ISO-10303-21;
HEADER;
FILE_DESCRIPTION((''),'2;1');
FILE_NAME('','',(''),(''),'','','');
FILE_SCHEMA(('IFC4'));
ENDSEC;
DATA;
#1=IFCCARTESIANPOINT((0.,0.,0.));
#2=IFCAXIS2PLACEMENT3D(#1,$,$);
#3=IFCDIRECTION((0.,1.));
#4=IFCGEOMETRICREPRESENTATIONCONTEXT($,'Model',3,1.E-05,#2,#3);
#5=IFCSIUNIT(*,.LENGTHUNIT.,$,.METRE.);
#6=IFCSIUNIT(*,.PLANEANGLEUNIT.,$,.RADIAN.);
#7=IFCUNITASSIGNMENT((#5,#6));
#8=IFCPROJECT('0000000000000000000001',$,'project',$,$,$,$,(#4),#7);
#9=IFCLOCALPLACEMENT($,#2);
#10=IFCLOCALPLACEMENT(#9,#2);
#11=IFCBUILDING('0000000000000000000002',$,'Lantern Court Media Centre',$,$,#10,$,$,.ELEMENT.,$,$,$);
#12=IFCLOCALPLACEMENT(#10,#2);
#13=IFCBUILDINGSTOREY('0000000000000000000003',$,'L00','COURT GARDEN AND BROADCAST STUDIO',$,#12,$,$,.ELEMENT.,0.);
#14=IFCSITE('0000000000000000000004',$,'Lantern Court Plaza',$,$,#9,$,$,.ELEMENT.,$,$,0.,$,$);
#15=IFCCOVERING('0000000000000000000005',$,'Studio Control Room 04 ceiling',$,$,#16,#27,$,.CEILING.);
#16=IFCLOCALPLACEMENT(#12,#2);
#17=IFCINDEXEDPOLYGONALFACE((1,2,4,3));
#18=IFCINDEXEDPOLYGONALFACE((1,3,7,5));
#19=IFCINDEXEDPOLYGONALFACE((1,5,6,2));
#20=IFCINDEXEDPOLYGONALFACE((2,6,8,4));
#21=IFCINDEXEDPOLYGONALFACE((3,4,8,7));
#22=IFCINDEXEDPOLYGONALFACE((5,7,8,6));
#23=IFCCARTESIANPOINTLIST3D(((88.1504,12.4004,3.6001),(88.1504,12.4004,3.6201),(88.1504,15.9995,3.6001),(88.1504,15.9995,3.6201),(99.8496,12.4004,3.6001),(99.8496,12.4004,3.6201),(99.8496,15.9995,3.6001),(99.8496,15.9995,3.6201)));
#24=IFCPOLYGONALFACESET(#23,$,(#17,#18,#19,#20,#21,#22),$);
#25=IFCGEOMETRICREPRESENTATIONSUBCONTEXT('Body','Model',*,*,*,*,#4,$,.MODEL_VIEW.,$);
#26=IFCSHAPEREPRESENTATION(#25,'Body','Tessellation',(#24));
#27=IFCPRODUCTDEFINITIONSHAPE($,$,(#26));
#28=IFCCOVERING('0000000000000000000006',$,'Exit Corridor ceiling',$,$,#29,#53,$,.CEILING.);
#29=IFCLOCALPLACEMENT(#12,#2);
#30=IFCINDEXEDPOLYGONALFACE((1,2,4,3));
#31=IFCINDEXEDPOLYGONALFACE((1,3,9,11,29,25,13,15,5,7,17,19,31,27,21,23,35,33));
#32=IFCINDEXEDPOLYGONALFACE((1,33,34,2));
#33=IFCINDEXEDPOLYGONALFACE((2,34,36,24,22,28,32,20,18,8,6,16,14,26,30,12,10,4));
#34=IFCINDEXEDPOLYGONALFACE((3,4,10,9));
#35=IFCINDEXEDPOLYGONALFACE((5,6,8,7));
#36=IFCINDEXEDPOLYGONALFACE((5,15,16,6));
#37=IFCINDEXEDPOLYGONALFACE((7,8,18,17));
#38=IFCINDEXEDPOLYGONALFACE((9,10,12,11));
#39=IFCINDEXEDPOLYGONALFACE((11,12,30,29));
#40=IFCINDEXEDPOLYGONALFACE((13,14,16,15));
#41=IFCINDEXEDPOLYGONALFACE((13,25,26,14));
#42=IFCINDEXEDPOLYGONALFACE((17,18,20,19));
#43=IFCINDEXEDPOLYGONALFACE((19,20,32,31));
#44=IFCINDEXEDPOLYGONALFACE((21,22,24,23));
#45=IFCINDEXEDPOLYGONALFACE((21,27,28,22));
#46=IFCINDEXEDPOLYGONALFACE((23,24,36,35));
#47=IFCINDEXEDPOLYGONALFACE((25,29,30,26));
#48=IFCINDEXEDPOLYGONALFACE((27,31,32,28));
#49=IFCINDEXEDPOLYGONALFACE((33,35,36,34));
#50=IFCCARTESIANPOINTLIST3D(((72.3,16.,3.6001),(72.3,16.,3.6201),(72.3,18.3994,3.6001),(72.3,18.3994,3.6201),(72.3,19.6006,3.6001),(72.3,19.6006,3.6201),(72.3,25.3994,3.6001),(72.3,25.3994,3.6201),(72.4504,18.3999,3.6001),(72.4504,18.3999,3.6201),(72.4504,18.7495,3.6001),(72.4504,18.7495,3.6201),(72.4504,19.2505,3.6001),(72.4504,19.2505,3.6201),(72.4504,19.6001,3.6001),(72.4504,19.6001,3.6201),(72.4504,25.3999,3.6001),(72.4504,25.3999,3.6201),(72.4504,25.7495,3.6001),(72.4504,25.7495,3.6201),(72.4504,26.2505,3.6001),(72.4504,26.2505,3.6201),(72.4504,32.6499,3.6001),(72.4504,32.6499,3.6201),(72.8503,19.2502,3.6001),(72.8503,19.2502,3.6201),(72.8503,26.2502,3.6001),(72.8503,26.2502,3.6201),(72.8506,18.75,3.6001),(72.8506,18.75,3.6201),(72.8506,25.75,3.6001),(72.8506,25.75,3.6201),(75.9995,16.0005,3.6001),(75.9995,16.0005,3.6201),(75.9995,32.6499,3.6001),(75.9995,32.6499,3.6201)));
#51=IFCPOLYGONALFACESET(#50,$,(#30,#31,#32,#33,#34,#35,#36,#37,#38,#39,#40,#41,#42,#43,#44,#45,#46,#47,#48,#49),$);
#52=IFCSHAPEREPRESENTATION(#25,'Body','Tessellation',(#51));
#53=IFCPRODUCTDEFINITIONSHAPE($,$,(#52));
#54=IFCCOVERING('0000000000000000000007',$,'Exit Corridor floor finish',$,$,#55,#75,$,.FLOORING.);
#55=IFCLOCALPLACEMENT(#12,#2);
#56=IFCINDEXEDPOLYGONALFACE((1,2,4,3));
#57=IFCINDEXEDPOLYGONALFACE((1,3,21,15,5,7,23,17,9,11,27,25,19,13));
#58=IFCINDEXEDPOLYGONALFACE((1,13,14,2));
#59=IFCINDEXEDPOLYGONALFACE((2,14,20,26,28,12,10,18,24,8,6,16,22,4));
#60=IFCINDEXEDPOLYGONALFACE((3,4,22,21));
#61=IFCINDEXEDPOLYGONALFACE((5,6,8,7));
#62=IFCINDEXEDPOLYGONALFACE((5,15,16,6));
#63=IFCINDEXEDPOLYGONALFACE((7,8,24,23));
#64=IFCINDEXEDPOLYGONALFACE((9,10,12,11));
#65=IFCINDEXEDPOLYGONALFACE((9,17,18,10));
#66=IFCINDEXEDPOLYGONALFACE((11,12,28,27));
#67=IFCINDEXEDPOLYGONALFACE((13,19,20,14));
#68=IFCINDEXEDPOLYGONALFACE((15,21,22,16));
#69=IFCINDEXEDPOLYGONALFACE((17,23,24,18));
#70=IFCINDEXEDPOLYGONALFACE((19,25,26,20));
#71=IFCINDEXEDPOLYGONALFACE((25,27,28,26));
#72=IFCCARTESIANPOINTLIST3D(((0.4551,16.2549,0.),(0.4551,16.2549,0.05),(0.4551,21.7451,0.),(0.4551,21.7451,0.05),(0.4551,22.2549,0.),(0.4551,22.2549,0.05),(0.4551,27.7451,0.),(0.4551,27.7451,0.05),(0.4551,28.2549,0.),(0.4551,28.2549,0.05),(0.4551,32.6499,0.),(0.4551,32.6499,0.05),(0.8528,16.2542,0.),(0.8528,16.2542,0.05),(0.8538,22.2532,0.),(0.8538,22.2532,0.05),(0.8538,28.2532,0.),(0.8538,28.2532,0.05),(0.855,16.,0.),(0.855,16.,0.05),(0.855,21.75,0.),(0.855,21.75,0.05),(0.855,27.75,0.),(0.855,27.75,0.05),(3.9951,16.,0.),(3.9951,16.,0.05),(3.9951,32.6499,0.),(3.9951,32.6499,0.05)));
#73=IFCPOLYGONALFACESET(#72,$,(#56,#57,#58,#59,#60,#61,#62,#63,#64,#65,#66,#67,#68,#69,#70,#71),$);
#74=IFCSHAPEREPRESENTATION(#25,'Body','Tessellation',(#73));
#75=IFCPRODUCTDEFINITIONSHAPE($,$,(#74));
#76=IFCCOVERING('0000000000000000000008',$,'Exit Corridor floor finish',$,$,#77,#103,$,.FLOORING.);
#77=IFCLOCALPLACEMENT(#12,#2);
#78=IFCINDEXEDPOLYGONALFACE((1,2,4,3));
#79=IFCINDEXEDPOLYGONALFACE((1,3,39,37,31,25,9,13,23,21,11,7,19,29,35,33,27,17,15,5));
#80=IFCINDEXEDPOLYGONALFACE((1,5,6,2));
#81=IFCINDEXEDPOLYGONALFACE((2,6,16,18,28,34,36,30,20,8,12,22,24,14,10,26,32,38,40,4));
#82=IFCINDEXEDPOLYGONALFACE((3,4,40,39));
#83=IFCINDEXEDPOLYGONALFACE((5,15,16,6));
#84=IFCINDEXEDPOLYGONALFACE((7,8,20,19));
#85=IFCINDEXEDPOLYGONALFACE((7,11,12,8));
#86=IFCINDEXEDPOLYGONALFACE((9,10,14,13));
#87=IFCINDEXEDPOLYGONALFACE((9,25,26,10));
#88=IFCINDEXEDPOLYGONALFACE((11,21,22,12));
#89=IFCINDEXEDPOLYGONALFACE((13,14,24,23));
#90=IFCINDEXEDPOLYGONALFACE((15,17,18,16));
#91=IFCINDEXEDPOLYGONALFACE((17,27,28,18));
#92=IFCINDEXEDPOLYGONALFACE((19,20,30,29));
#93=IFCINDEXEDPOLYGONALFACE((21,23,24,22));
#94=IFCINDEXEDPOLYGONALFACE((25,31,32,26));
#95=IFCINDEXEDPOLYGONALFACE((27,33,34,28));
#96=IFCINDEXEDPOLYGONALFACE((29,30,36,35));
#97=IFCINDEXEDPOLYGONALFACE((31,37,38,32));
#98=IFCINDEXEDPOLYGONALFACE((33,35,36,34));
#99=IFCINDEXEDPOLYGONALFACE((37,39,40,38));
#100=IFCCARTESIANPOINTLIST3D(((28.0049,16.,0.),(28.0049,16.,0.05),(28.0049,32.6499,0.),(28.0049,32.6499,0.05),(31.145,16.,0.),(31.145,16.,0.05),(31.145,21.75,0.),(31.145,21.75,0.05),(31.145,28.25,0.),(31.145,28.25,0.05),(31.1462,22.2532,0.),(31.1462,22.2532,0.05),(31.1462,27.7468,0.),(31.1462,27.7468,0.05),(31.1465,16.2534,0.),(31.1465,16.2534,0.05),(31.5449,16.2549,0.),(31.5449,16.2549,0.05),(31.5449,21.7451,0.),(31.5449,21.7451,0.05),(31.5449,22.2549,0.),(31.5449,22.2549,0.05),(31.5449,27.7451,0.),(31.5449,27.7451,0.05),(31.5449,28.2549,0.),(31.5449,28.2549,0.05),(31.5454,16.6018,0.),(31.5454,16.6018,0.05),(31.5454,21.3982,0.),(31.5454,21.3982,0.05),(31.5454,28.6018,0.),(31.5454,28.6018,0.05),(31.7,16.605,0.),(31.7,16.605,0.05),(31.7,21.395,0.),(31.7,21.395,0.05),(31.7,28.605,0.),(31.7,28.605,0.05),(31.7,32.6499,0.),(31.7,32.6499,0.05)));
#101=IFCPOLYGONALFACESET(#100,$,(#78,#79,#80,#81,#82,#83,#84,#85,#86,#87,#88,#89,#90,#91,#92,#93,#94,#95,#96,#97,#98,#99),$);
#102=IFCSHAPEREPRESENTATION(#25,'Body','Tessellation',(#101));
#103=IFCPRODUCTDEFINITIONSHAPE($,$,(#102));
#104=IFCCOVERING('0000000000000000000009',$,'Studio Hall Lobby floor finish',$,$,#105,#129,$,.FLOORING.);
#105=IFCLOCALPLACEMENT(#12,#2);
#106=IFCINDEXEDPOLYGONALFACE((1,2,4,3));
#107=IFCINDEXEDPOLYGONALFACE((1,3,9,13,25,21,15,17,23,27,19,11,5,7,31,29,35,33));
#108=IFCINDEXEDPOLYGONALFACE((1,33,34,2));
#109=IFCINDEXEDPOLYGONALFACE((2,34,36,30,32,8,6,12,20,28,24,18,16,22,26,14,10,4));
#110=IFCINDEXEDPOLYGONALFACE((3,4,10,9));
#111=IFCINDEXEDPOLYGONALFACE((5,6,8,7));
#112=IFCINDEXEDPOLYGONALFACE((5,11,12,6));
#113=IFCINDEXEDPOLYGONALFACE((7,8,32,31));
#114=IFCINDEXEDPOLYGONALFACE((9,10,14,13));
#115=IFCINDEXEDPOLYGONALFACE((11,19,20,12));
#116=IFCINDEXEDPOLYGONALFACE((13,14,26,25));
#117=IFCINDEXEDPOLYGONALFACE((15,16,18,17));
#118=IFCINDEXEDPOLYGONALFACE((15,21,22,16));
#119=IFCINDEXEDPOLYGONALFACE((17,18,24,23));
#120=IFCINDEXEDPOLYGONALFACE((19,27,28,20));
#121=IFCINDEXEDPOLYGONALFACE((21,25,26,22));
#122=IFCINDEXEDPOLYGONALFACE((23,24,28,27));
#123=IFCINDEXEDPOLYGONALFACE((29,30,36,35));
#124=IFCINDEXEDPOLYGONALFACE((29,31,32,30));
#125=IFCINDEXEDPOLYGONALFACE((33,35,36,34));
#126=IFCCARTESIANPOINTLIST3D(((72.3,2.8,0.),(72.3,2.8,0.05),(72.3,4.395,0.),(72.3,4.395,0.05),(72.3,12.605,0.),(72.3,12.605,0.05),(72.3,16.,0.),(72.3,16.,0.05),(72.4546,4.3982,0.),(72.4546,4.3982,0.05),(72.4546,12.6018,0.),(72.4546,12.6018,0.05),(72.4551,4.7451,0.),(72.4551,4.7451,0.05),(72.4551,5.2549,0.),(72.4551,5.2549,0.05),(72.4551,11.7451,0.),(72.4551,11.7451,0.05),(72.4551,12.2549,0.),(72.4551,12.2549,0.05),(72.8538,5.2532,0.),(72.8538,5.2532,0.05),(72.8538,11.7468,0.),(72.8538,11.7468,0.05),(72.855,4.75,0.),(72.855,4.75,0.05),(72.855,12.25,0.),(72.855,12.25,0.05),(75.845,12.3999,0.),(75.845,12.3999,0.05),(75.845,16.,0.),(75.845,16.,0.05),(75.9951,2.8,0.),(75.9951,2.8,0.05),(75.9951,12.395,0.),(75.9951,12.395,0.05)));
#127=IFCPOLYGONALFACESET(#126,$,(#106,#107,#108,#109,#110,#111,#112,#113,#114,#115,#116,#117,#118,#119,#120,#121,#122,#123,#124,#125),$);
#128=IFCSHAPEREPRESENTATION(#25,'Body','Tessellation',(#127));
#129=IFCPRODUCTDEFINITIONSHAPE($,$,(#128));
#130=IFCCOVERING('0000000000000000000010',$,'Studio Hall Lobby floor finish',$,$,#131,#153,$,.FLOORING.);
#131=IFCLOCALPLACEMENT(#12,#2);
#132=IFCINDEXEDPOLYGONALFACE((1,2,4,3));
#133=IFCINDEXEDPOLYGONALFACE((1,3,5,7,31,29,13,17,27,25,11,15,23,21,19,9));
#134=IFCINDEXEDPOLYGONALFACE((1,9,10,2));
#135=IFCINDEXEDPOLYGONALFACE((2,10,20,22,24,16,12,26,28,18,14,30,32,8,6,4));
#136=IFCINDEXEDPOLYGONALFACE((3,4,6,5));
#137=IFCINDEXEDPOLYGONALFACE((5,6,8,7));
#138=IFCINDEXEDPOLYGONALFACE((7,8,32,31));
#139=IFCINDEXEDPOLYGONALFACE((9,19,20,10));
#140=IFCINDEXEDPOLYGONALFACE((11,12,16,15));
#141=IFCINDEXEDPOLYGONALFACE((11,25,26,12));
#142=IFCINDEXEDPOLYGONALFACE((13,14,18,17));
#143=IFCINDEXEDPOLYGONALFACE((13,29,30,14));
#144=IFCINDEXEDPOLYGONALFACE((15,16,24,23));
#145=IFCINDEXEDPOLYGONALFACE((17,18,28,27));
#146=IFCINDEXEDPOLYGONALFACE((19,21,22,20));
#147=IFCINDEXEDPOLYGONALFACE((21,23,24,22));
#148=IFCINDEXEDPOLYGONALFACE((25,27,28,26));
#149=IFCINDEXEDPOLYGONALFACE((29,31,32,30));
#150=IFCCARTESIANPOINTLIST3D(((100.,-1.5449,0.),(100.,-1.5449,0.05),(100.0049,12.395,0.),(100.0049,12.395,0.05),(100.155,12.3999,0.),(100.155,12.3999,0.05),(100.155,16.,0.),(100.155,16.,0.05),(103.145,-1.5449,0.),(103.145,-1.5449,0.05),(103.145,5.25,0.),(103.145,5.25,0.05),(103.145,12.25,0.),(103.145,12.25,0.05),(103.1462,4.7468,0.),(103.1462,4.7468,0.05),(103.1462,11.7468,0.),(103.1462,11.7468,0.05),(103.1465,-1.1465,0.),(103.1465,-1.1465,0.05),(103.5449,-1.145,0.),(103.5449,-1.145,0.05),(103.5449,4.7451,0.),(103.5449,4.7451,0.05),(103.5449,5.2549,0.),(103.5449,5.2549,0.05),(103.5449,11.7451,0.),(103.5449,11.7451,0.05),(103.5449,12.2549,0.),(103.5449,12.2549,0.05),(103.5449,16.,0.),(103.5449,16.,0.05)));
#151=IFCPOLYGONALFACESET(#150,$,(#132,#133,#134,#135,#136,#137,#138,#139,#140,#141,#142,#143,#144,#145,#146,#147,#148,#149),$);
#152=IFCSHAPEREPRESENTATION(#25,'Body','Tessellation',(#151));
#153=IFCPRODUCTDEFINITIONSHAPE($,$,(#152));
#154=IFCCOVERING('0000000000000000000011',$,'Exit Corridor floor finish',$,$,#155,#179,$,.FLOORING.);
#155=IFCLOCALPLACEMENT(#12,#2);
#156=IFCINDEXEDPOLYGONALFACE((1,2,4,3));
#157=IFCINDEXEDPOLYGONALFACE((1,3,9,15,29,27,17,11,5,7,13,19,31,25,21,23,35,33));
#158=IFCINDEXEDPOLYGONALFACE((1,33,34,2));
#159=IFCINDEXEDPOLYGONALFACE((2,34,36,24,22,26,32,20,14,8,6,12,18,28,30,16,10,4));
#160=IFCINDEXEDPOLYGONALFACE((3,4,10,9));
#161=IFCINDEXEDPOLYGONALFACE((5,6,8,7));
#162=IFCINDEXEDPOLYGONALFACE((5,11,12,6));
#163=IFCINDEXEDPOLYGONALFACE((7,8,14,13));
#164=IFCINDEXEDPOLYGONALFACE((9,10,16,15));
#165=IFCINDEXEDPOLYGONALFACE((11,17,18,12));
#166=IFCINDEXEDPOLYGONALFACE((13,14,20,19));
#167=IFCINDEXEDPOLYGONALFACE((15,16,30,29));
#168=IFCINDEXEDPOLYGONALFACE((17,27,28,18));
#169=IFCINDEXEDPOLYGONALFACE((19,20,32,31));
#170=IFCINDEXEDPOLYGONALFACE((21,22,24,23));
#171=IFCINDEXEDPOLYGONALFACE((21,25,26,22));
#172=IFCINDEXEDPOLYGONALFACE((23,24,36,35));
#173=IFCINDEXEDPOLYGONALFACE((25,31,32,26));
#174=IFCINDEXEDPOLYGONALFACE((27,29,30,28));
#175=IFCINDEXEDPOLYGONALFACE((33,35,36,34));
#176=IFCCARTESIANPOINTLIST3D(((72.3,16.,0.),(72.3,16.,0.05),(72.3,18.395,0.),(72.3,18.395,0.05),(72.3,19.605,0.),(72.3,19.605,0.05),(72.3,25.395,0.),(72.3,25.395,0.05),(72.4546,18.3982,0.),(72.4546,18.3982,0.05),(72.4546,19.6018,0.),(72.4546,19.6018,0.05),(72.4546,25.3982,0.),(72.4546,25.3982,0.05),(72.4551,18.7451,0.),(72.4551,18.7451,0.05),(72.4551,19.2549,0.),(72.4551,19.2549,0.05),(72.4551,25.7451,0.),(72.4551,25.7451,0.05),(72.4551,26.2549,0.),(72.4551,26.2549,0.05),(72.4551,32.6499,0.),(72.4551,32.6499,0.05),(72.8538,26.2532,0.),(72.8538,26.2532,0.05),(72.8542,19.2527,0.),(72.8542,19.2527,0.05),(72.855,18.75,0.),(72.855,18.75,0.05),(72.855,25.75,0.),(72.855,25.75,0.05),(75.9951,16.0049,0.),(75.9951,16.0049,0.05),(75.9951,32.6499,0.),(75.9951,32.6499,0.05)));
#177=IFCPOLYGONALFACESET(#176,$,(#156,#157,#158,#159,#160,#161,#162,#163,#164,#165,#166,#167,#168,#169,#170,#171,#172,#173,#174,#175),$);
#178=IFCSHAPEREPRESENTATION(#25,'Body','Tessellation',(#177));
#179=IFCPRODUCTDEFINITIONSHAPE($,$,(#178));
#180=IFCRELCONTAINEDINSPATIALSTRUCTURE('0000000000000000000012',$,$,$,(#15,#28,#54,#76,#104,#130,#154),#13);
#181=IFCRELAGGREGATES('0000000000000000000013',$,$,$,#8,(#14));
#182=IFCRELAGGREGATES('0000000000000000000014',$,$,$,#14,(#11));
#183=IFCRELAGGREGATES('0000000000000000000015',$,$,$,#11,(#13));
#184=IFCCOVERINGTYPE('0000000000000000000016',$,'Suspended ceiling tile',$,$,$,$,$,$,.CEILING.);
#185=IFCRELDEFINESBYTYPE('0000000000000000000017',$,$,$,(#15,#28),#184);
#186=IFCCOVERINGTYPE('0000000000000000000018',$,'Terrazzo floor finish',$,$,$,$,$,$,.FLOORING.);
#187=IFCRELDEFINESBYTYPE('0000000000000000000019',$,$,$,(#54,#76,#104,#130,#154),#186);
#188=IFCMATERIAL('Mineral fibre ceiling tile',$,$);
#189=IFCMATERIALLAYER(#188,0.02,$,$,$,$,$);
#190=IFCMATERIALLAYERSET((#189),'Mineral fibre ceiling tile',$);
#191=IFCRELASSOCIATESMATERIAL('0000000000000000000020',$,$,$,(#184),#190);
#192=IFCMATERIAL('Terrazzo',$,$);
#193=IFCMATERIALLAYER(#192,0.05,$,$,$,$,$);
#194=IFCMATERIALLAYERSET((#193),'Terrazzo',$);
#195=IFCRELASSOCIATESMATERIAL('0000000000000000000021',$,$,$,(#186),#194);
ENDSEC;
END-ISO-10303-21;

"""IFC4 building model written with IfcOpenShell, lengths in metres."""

from ifc_helpers import new_model, si_unit, direction, frame, origin, place, context, subcontext, project, spatial, polyline, outline, extrude, material, layer, layer_set, type_object, element, save


model = new_model("IFC4")

# Units and contexts
model_context = context("Model", 3, precision=1e-05, world=origin(), true_north=direction((0.0, 1.0)))
body_context = subcontext(model_context, "Body", "Model", "MODEL_VIEW")
ifc_project = project(units=[si_unit("LENGTHUNIT", "METRE"), si_unit("PLANEANGLEUNIT", "RADIAN")], contexts=[model_context])

# Site, building, storey
site_placement = place(None, origin())
site = spatial("IfcSite", under=ifc_project, at=site_placement, Name="Lantern Court Plaza", CompositionType="ELEMENT", RefElevation=0.0)
building_placement = place(site_placement, origin())
building = spatial("IfcBuilding", under=site, at=building_placement, Name="Lantern Court Media Centre", CompositionType="ELEMENT")
storey_placement = place(building_placement, origin())
storey = spatial("IfcBuildingStorey", under=building, at=storey_placement, Name="L00", Description="COURT GARDEN AND BROADCAST STUDIO", CompositionType="ELEMENT", Elevation=0.0)

# Coverings
ifc_material_1 = material(Name="Mineral fibre ceiling tile")
ifc_layer_1 = layer(ifc_material_1, 0.02)
ifc_layer_set_1 = layer_set([ifc_layer_1], Name="Mineral fibre ceiling tile")
covering_type_1 = type_object("IfcCoveringType", Name="Suspended ceiling tile", PredefinedType="CEILING", material=ifc_layer_set_1)
covering_1_placement = place(storey_placement, frame((0.0, 0.0, 3.6001)))
element("IfcCovering", 1, at=covering_1_placement, inside=storey, type_object=covering_type_1, Name="Studio Control Room 04 ceiling", PredefinedType="CEILING", context=body_context, shape_type="SweptSolid", body=[
    extrude(outline(polyline([(88.1504, 12.4004), (88.1504, 15.9995), (99.8496, 15.9995), (99.8496, 12.4004), (88.1504, 12.4004)])), origin(), (0.0, 0.0, 1.0), 0.02),
])
covering_2_placement = place(storey_placement, frame((0.0, 0.0, 3.6001)))
element("IfcCovering", 2, at=covering_2_placement, inside=storey, type_object=covering_type_1, Name="Exit Corridor ceiling", PredefinedType="CEILING", context=body_context, shape_type="SweptSolid", body=[
    extrude(outline(polyline([(75.9995, 32.6499), (75.9995, 16.0005), (72.3, 16.0), (72.3, 18.3994), (72.4504, 18.3999), (72.4504, 18.7495), (72.8506, 18.75), (72.8503, 19.2502), (72.4504, 19.2505), (72.4504, 19.6001), (72.3, 19.6006), (72.3, 25.3994), (72.4504, 25.3999), (72.4504, 25.7495), (72.8506, 25.75), (72.8503, 26.2502), (72.4504, 26.2505), (72.4504, 32.6499), (75.9995, 32.6499)])), origin(), (0.0, 0.0, 1.0), 0.02),
])
ifc_material_2 = material(Name="Terrazzo")
ifc_layer_2 = layer(ifc_material_2, 0.05)
ifc_layer_set_2 = layer_set([ifc_layer_2], Name="Terrazzo")
covering_type_2 = type_object("IfcCoveringType", Name="Terrazzo floor finish", PredefinedType="FLOORING", material=ifc_layer_set_2)
covering_3_placement = place(storey_placement, origin())
element("IfcCovering", 3, at=covering_3_placement, inside=storey, type_object=covering_type_2, Name="Exit Corridor floor finish", PredefinedType="FLOORING", context=body_context, shape_type="SweptSolid", body=[
    extrude(outline(polyline([(3.9951, 32.6499), (3.9951, 16.0), (0.855, 16.0), (0.8528, 16.2542), (0.4551, 16.2549), (0.4551, 21.7451), (0.855, 21.75), (0.8538, 22.2532), (0.4551, 22.2549), (0.4551, 27.7451), (0.855, 27.75), (0.8538, 28.2532), (0.4551, 28.2549), (0.4551, 32.6499), (3.9951, 32.6499)])), origin(), (0.0, 0.0, 1.0), 0.05),
])
covering_4_placement = place(storey_placement, origin())
element("IfcCovering", 4, at=covering_4_placement, inside=storey, type_object=covering_type_2, Name="Exit Corridor floor finish", PredefinedType="FLOORING", context=body_context, shape_type="SweptSolid", body=[
    extrude(outline(polyline([(31.7, 16.605), (31.5454, 16.6018), (31.5449, 16.2549), (31.1465, 16.2534), (31.145, 16.0), (28.0049, 16.0), (28.0049, 32.6499), (31.7, 32.6499), (31.7, 28.605), (31.5454, 28.6018), (31.5449, 28.2549), (31.145, 28.25), (31.1462, 27.7468), (31.5449, 27.7451), (31.5449, 22.2549), (31.1462, 22.2532), (31.145, 21.75), (31.5449, 21.7451), (31.5454, 21.3982), (31.7, 21.395), (31.7, 16.605)])), origin(), (0.0, 0.0, 1.0), 0.05),
])
covering_5_placement = place(storey_placement, origin())
element("IfcCovering", 5, at=covering_5_placement, inside=storey, type_object=covering_type_2, Name="Studio Hall Lobby floor finish", PredefinedType="FLOORING", context=body_context, shape_type="SweptSolid", body=[
    extrude(outline(polyline([(72.3, 16.0), (75.845, 16.0), (75.845, 12.3999), (75.9951, 12.395), (75.9951, 2.8), (72.3, 2.8), (72.3, 4.395), (72.4546, 4.3982), (72.4551, 4.7451), (72.855, 4.75), (72.8538, 5.2532), (72.4551, 5.2549), (72.4551, 11.7451), (72.8538, 11.7468), (72.855, 12.25), (72.4551, 12.2549), (72.4546, 12.6018), (72.3, 12.605), (72.3, 16.0)])), origin(), (0.0, 0.0, 1.0), 0.05),
])
covering_6_placement = place(storey_placement, origin())
element("IfcCovering", 6, at=covering_6_placement, inside=storey, type_object=covering_type_2, Name="Studio Hall Lobby floor finish", PredefinedType="FLOORING", context=body_context, shape_type="SweptSolid", body=[
    extrude(outline(polyline([(103.5449, 16.0), (103.5449, 12.2549), (103.145, 12.25), (103.1462, 11.7468), (103.5449, 11.7451), (103.5449, 5.2549), (103.145, 5.25), (103.1462, 4.7468), (103.5449, 4.7451), (103.5449, -1.145), (103.1465, -1.1465), (103.145, -1.5449), (100.0, -1.5449), (100.0049, 12.395), (100.155, 12.3999), (100.155, 16.0), (103.5449, 16.0)])), origin(), (0.0, 0.0, 1.0), 0.05),
])
covering_7_placement = place(storey_placement, origin())
element("IfcCovering", 7, at=covering_7_placement, inside=storey, type_object=covering_type_2, Name="Exit Corridor floor finish", PredefinedType="FLOORING", context=body_context, shape_type="SweptSolid", body=[
    extrude(outline(polyline([(75.9951, 32.6499), (75.9951, 16.0049), (72.3, 16.0), (72.3, 18.395), (72.4546, 18.3982), (72.4551, 18.7451), (72.855, 18.75), (72.8542, 19.2527), (72.4551, 19.2549), (72.4546, 19.6018), (72.3, 19.605), (72.3, 25.395), (72.4546, 25.3982), (72.4551, 25.7451), (72.855, 25.75), (72.8538, 26.2532), (72.4551, 26.2549), (72.4551, 32.6499), (75.9951, 32.6499)])), origin(), (0.0, 0.0, 1.0), 0.05),
])

save(model, "model.ifc")
